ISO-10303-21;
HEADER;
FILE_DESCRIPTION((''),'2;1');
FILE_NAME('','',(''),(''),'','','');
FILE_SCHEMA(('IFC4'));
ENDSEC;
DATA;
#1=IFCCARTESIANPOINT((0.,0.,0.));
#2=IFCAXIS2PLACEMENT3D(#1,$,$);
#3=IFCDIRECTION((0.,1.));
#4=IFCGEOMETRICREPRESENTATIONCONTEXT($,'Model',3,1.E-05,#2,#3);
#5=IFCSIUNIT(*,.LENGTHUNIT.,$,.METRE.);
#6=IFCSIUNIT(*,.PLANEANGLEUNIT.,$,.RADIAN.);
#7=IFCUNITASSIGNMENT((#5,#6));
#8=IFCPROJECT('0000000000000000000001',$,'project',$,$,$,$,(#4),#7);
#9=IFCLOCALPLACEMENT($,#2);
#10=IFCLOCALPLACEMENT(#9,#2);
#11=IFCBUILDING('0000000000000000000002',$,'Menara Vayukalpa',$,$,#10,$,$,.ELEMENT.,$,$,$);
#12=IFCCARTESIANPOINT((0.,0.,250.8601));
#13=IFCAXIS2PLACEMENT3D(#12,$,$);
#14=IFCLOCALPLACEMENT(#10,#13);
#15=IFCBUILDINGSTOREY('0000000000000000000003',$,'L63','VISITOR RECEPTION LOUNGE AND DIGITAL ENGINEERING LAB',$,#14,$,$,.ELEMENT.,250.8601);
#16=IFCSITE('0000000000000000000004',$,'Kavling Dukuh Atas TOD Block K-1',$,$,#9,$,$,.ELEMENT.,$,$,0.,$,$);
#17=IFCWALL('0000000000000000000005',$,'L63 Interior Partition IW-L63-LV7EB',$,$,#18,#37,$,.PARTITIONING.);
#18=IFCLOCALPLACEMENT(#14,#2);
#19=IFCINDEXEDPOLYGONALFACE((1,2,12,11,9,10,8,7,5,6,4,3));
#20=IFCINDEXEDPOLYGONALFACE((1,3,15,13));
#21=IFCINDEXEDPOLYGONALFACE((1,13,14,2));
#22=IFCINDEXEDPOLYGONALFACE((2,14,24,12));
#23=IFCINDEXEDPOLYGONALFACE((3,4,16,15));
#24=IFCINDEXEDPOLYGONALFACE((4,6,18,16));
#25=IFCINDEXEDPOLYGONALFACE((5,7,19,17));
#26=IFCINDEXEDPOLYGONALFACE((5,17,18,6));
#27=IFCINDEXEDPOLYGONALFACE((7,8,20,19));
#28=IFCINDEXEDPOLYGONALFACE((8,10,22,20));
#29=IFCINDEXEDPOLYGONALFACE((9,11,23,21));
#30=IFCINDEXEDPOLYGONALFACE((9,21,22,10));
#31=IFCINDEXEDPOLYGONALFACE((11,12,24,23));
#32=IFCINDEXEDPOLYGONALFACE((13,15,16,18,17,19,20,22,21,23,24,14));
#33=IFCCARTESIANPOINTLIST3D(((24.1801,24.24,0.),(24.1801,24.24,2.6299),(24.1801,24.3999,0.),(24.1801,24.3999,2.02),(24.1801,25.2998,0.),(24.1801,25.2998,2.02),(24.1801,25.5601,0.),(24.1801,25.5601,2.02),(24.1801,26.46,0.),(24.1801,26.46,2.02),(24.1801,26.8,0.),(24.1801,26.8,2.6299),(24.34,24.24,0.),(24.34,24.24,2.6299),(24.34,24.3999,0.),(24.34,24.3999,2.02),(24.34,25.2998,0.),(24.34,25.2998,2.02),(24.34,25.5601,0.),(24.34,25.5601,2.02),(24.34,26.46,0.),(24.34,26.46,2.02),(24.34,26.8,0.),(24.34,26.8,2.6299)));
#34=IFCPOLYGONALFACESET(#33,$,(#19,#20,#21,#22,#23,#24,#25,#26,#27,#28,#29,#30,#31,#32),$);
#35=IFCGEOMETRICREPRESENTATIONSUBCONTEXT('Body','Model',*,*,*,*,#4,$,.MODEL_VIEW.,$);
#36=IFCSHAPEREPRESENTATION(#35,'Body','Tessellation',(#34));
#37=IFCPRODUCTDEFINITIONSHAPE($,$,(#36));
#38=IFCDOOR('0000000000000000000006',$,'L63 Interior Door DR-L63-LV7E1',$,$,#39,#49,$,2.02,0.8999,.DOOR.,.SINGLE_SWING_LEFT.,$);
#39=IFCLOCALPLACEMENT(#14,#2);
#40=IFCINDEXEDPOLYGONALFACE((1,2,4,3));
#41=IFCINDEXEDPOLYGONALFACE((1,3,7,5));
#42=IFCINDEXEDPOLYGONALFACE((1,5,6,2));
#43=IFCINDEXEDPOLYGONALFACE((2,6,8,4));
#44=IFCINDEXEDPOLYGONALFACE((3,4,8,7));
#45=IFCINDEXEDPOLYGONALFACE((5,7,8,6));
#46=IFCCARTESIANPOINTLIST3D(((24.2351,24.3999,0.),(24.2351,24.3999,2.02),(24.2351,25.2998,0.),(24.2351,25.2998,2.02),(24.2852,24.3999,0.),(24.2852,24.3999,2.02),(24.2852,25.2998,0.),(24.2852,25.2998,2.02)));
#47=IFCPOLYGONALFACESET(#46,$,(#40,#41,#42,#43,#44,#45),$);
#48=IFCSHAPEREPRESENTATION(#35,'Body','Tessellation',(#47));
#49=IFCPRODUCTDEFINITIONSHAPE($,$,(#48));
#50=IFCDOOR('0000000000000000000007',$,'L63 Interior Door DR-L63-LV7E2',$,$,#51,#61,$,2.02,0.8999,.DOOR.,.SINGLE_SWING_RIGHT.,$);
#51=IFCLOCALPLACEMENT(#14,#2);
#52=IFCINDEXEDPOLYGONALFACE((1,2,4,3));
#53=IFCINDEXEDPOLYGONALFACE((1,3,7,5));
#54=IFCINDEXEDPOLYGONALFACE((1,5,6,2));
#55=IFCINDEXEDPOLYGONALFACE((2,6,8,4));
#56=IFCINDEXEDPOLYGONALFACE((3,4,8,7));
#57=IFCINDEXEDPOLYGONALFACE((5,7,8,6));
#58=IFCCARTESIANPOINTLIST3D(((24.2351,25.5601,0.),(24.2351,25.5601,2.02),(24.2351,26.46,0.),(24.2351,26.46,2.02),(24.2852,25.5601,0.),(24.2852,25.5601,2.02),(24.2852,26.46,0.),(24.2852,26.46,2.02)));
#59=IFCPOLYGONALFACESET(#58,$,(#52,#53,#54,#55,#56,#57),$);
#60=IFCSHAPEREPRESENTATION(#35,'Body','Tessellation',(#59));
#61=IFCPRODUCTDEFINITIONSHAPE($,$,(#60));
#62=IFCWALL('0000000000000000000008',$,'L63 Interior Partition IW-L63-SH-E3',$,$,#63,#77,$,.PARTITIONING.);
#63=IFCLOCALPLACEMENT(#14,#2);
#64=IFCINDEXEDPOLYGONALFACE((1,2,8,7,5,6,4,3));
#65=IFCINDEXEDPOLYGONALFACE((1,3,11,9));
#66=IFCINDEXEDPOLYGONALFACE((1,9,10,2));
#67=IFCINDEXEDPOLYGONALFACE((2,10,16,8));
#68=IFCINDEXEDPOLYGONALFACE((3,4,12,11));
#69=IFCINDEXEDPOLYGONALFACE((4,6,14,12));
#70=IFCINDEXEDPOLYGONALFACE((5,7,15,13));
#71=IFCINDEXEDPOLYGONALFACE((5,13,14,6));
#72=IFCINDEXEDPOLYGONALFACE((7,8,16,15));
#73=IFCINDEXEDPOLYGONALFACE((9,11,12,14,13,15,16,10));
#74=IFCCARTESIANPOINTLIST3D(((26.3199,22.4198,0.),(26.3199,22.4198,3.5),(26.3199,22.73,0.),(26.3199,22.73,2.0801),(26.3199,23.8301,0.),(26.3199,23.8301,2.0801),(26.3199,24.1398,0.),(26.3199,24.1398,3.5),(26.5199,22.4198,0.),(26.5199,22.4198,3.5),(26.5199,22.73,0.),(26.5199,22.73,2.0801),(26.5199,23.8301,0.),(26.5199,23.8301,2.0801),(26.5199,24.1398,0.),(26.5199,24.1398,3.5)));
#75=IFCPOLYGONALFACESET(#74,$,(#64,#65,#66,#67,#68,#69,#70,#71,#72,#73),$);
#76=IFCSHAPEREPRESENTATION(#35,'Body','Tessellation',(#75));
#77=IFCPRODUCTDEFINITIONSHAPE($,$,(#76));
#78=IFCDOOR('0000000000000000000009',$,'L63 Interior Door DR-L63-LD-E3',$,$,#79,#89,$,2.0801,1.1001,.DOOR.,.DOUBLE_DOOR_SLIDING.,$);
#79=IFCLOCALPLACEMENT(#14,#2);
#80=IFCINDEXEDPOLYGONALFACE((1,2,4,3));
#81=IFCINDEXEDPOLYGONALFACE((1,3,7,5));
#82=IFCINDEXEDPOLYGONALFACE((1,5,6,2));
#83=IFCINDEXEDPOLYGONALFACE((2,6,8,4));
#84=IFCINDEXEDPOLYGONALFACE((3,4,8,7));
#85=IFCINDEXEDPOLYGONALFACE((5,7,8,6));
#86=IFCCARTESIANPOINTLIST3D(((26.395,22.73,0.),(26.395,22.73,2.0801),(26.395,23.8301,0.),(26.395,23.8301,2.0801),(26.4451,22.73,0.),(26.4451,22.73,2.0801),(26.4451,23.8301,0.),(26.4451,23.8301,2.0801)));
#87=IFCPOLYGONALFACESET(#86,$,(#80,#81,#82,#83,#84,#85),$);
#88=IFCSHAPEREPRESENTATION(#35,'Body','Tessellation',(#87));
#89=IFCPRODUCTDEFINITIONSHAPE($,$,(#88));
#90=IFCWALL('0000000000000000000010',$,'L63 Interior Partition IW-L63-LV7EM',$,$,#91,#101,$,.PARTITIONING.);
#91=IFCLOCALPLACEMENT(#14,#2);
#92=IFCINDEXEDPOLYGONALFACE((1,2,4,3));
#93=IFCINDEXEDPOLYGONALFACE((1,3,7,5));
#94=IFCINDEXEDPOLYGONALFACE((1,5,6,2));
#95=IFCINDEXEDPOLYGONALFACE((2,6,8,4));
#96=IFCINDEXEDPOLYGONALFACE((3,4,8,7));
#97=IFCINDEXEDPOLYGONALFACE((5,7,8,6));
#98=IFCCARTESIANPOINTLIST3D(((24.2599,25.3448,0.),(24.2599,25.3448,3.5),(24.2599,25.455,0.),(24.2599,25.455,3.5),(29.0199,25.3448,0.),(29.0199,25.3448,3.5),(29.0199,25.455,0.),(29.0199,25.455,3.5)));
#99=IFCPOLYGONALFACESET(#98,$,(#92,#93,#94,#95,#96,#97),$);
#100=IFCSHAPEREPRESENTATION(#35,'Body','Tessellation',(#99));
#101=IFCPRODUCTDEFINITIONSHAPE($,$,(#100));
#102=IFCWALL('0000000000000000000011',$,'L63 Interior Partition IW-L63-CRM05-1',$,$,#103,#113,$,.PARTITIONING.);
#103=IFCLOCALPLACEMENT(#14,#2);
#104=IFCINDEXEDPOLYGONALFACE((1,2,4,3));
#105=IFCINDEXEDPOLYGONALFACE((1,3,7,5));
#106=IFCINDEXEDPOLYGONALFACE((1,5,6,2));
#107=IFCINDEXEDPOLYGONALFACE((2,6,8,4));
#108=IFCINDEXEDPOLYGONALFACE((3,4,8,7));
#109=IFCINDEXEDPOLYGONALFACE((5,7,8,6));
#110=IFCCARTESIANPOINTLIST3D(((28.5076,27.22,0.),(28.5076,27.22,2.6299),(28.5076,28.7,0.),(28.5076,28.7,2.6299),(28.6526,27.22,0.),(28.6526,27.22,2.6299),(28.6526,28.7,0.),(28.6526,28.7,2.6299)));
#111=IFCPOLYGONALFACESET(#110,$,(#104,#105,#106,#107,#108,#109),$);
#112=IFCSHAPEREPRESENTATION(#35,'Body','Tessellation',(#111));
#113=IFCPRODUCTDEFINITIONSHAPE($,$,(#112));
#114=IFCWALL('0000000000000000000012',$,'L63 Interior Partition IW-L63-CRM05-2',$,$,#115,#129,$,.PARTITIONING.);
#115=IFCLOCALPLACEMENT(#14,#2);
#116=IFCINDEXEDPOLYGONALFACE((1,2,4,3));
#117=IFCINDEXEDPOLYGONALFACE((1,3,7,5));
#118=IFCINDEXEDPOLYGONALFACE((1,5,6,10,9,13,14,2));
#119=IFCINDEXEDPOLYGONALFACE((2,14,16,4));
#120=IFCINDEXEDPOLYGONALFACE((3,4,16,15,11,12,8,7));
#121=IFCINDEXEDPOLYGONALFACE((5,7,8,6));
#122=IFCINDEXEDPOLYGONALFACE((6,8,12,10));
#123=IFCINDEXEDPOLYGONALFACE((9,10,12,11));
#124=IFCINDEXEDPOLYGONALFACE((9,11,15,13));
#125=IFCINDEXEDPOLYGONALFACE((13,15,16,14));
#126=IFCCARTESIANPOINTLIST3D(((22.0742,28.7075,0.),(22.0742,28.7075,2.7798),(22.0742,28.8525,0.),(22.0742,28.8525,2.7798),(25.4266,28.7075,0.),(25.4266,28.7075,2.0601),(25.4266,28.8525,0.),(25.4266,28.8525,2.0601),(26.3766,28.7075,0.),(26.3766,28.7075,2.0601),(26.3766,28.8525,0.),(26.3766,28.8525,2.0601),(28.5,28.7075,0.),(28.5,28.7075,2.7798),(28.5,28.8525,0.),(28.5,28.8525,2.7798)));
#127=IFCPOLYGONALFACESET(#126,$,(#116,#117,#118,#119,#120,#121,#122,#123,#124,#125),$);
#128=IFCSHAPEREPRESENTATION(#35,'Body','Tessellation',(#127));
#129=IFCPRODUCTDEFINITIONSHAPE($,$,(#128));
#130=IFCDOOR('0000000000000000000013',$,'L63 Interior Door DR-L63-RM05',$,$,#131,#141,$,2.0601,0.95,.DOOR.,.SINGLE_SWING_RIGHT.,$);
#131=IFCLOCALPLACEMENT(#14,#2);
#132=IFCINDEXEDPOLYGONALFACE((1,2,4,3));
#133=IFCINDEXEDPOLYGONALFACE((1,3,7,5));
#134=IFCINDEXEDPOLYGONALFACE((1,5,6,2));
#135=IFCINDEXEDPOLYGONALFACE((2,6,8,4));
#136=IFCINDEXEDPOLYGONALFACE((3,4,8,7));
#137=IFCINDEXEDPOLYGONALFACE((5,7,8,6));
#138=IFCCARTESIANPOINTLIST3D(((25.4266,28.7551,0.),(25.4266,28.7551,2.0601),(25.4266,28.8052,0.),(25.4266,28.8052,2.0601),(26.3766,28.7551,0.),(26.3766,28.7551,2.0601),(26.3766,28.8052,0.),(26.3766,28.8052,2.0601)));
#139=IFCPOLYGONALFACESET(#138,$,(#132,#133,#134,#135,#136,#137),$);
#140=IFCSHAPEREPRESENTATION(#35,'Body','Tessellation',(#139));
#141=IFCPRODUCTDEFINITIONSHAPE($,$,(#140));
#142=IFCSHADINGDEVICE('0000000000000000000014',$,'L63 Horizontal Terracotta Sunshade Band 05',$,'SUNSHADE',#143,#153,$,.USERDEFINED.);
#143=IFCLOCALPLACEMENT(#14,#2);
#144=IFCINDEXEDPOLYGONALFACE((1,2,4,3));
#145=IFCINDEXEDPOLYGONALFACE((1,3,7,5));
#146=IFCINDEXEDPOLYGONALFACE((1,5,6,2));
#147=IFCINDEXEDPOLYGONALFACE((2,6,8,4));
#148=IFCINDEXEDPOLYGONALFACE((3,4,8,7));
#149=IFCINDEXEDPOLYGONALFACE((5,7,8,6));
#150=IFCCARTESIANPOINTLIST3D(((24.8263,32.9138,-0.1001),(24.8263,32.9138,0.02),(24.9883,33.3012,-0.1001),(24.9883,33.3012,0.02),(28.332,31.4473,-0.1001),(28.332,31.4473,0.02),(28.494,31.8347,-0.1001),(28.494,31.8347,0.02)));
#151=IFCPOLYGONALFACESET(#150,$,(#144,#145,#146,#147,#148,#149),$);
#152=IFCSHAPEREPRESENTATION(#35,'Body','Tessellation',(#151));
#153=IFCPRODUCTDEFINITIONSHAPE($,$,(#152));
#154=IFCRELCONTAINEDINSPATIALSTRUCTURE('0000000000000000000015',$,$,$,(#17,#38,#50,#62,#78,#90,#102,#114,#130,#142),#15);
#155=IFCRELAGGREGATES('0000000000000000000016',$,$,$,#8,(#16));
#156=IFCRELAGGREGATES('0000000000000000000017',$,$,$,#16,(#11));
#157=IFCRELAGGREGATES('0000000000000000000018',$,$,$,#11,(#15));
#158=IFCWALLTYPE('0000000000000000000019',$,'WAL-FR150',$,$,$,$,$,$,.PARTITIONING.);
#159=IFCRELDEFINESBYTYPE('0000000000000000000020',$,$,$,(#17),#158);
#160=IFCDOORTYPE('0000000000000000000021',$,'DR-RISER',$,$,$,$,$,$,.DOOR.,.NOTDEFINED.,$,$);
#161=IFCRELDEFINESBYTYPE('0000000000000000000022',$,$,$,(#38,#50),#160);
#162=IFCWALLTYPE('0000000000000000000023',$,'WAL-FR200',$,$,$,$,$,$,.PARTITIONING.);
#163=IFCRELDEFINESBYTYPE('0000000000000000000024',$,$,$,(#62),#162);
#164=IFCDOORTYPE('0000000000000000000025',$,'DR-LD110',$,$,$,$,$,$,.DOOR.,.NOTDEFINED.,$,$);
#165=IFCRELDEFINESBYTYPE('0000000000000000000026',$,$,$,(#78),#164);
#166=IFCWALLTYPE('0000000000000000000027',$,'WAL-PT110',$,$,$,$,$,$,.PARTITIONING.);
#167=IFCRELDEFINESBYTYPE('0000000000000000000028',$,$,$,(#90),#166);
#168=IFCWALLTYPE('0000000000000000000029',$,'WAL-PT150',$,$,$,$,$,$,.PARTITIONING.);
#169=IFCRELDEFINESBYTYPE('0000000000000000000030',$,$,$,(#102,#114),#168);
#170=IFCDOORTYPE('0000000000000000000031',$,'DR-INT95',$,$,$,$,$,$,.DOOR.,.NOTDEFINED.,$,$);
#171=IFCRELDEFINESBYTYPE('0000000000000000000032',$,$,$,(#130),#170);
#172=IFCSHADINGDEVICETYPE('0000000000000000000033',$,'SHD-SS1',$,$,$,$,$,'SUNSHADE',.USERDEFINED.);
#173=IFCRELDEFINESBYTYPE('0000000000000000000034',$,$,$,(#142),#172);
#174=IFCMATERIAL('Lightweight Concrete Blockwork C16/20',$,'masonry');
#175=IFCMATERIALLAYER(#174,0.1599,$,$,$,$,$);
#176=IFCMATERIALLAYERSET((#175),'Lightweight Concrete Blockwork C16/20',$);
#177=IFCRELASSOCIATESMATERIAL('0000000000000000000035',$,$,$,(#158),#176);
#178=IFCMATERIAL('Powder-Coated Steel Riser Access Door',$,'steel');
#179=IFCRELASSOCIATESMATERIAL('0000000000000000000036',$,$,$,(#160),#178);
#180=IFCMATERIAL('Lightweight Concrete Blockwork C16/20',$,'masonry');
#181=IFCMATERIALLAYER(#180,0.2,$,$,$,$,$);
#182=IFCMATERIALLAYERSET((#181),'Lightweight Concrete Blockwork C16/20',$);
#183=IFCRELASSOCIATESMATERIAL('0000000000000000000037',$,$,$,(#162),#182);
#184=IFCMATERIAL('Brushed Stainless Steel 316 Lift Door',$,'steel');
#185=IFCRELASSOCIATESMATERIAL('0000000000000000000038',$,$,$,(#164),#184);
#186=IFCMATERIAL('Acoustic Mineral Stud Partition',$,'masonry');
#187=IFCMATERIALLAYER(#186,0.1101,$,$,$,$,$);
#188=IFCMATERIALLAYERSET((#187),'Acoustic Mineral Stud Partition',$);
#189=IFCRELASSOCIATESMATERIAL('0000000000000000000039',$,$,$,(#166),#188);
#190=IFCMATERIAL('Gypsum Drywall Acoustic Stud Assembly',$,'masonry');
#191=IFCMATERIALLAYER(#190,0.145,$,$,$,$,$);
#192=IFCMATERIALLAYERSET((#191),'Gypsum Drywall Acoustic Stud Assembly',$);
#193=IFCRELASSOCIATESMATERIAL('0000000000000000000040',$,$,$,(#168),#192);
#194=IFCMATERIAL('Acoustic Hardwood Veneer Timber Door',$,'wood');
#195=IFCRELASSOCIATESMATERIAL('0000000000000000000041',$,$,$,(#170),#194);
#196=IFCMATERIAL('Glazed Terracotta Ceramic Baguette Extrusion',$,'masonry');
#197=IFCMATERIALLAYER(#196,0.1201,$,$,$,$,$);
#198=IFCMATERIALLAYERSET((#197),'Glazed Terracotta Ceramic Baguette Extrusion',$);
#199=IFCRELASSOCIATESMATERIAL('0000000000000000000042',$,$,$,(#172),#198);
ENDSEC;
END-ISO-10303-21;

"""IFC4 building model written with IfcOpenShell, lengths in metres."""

from ifc_helpers import new_model, si_unit, direction, frame, frame_2d, origin, origin_2d, place, context, subcontext, project, spatial, rectangle, extrude, material, layer, layer_set, type_object, element, fill, save


model = new_model("IFC4")

# Units and contexts
model_context = context("Model", 3, precision=1e-05, world=origin(), true_north=direction((0.0, 1.0)))
body_context = subcontext(model_context, "Body", "Model", "MODEL_VIEW")
ifc_project = project(units=[si_unit("LENGTHUNIT", "METRE"), si_unit("PLANEANGLEUNIT", "RADIAN")], contexts=[model_context])

# Site, building, storey
site_placement = place(None, origin())
site = spatial("IfcSite", under=ifc_project, at=site_placement, Name="Kavling Dukuh Atas TOD Block K-1", CompositionType="ELEMENT", RefElevation=0.0)
building_placement = place(site_placement, origin())
building = spatial("IfcBuilding", under=site, at=building_placement, Name="Menara Vayukalpa", CompositionType="ELEMENT")
storey_placement = place(building_placement, frame((0.0, 0.0, 250.8601)))
storey = spatial("IfcBuildingStorey", under=building, at=storey_placement, Name="L63", Description="VISITOR RECEPTION LOUNGE AND DIGITAL ENGINEERING LAB", CompositionType="ELEMENT", Elevation=250.8601)

# Shared definitions
ifc_material_1 = material(Name="Lightweight Concrete Blockwork C16/20", Category="masonry")
ifc_layer_1 = layer(ifc_material_1, 0.1599)
ifc_layer_set_1 = layer_set([ifc_layer_1], Name="Lightweight Concrete Blockwork C16/20")
wall_type_1 = type_object("IfcWallType", Name="WAL-FR150", PredefinedType="PARTITIONING", material=ifc_layer_set_1)

# Wall, openings, doors
wall_1_placement = place(storey_placement, frame((24.26, 24.24, 0.0), z_axis=(0.0, 0.0, 1.0), x_axis=(0.0, 1.0, 0.0)))
wall_1 = element("IfcWall", 1, at=wall_1_placement, inside=storey, type_object=wall_type_1, Name="L63 Interior Partition IW-L63-LV7EB", PredefinedType="PARTITIONING", context=body_context, shape_type="SweptSolid", body=[
    extrude(rectangle(XDim=2.5601, YDim=0.1599, at=frame_2d((1.28, 0.0))), origin(), (0.0, 0.0, 1.0), 2.6299),
])
opening_1_placement = place(wall_1_placement, frame((0.1599, 0.0, 0.0)))
opening_1 = element("IfcOpeningElement", 2, at=opening_1_placement, cuts=wall_1, PredefinedType="OPENING", context=body_context, shape_type="SweptSolid", body=[
    extrude(rectangle(XDim=0.8999, YDim=2.02, at=frame_2d((0.45, 1.01))), frame((0.0, 0.0898, 0.0), z_axis=(0.0, -1.0, 0.0), x_axis=(1.0, 0.0, 0.0)), (0.0, 0.0, 1.0), 0.1799),
])
opening_2_placement = place(wall_1_placement, frame((1.3201, 0.0, 0.0)))
opening_2 = element("IfcOpeningElement", 3, at=opening_2_placement, cuts=wall_1, PredefinedType="OPENING", context=body_context, shape_type="SweptSolid", body=[
    extrude(rectangle(XDim=0.8999, YDim=2.02, at=frame_2d((0.45, 1.01))), frame((0.0, 0.0898, 0.0), z_axis=(0.0, -1.0, 0.0), x_axis=(1.0, 0.0, 0.0)), (0.0, 0.0, 1.0), 0.1799),
])
ifc_material_2 = material(Name="Powder-Coated Steel Riser Access Door", Category="steel")
door_type_1 = type_object("IfcDoorType", Name="DR-RISER", OperationType="NOTDEFINED", PredefinedType="DOOR", material=ifc_material_2)
door_1_placement = place(opening_1_placement, origin())
door_1 = element("IfcDoor", 4, at=door_1_placement, inside=storey, type_object=door_type_1, Name="L63 Interior Door DR-L63-LV7E1", OperationType="SINGLE_SWING_LEFT", OverallHeight=2.02, OverallWidth=0.8999, PredefinedType="DOOR", context=body_context, shape_type="SweptSolid", body=[
    extrude(rectangle(XDim=0.8999, YDim=2.02, at=frame_2d((0.45, 1.01))), frame((0.0, 0.0249, 0.0), z_axis=(0.0, -1.0, 0.0), x_axis=(1.0, 0.0, 0.0)), (0.0, 0.0, 1.0), 0.05),
])
fill(opening_1, door_1)
door_2_placement = place(opening_2_placement, origin())
door_2 = element("IfcDoor", 5, at=door_2_placement, inside=storey, type_object=door_type_1, Name="L63 Interior Door DR-L63-LV7E2", OperationType="SINGLE_SWING_RIGHT", OverallHeight=2.02, OverallWidth=0.8999, PredefinedType="DOOR", context=body_context, shape_type="SweptSolid", body=[
    extrude(rectangle(XDim=0.8999, YDim=2.02, at=frame_2d((0.45, 1.01))), frame((0.0, 0.0249, 0.0), z_axis=(0.0, -1.0, 0.0), x_axis=(1.0, 0.0, 0.0)), (0.0, 0.0, 1.0), 0.05),
])
fill(opening_2, door_2)

# Wall, opening, door
ifc_material_3 = material(Name="Lightweight Concrete Blockwork C16/20", Category="masonry")
ifc_layer_2 = layer(ifc_material_3, 0.2)
ifc_layer_set_2 = layer_set([ifc_layer_2], Name="Lightweight Concrete Blockwork C16/20")
wall_type_2 = type_object("IfcWallType", Name="WAL-FR200", PredefinedType="PARTITIONING", material=ifc_layer_set_2)
wall_2_placement = place(storey_placement, frame((26.4199, 22.4199, 0.0), z_axis=(0.0, 0.0, 1.0), x_axis=(0.0, 1.0, 0.0)))
wall_2 = element("IfcWall", 6, at=wall_2_placement, inside=storey, type_object=wall_type_2, Name="L63 Interior Partition IW-L63-SH-E3", PredefinedType="PARTITIONING", context=body_context, shape_type="SweptSolid", body=[
    extrude(rectangle(XDim=1.72, YDim=0.2, at=frame_2d((0.8599, 0.0))), origin(), (0.0, 0.0, 1.0), 3.5),
])
opening_3_placement = place(wall_2_placement, frame((0.3101, 0.0, 0.0)))
opening_3 = element("IfcOpeningElement", 7, at=opening_3_placement, cuts=wall_2, PredefinedType="OPENING", context=body_context, shape_type="SweptSolid", body=[
    extrude(rectangle(XDim=1.1001, YDim=2.0801, at=frame_2d((0.55, 1.04))), frame((0.0, 0.1099, 0.0), z_axis=(0.0, -1.0, 0.0), x_axis=(1.0, 0.0, 0.0)), (0.0, 0.0, 1.0), 0.22),
])
ifc_material_4 = material(Name="Brushed Stainless Steel 316 Lift Door", Category="steel")
door_type_2 = type_object("IfcDoorType", Name="DR-LD110", OperationType="NOTDEFINED", PredefinedType="DOOR", material=ifc_material_4)
door_3_placement = place(opening_3_placement, origin())
door_3 = element("IfcDoor", 8, at=door_3_placement, inside=storey, type_object=door_type_2, Name="L63 Interior Door DR-L63-LD-E3", OperationType="DOUBLE_DOOR_SLIDING", OverallHeight=2.0801, OverallWidth=1.1001, PredefinedType="DOOR", context=body_context, shape_type="SweptSolid", body=[
    extrude(rectangle(XDim=1.1001, YDim=2.0801, at=frame_2d((0.55, 1.04))), frame((0.0, 0.0249, 0.0), z_axis=(0.0, -1.0, 0.0), x_axis=(1.0, 0.0, 0.0)), (0.0, 0.0, 1.0), 0.05),
])
fill(opening_3, door_3)

# Walls
ifc_material_5 = material(Name="Acoustic Mineral Stud Partition", Category="masonry")
ifc_layer_3 = layer(ifc_material_5, 0.1101)
ifc_layer_set_3 = layer_set([ifc_layer_3], Name="Acoustic Mineral Stud Partition")
wall_type_3 = type_object("IfcWallType", Name="WAL-PT110", PredefinedType="PARTITIONING", material=ifc_layer_set_3)
wall_3_placement = place(storey_placement, frame((24.26, 25.3999, 0.0), z_axis=(0.0, 0.0, 1.0), x_axis=(1.0, 0.0, 0.0)))
element("IfcWall", 9, at=wall_3_placement, inside=storey, type_object=wall_type_3, Name="L63 Interior Partition IW-L63-LV7EM", PredefinedType="PARTITIONING", context=body_context, shape_type="SweptSolid", body=[
    extrude(rectangle(XDim=4.76, YDim=0.1101, at=frame_2d((2.3799, 0.0))), origin(), (0.0, 0.0, 1.0), 3.5),
])
ifc_material_6 = material(Name="Gypsum Drywall Acoustic Stud Assembly", Category="masonry")
ifc_layer_4 = layer(ifc_material_6, 0.145)
ifc_layer_set_4 = layer_set([ifc_layer_4], Name="Gypsum Drywall Acoustic Stud Assembly")
wall_type_4 = type_object("IfcWallType", Name="WAL-PT150", PredefinedType="PARTITIONING", material=ifc_layer_set_4)
wall_4_placement = place(storey_placement, frame((28.5801, 27.22, 0.0), z_axis=(0.0, 0.0, 1.0), x_axis=(0.0, 1.0, 0.0)))
element("IfcWall", 10, at=wall_4_placement, inside=storey, type_object=wall_type_4, Name="L63 Interior Partition IW-L63-CRM05-1", PredefinedType="PARTITIONING", context=body_context, shape_type="SweptSolid", body=[
    extrude(rectangle(XDim=1.48, YDim=0.145, at=frame_2d((0.74, 0.0))), origin(), (0.0, 0.0, 1.0), 2.6299),
])

# Wall, opening, door
wall_5_placement = place(storey_placement, frame((28.5, 28.78, 0.0), z_axis=(0.0, 0.0, 1.0), x_axis=(-1.0, 0.0, 0.0)))
wall_5 = element("IfcWall", 11, at=wall_5_placement, inside=storey, type_object=wall_type_4, Name="L63 Interior Partition IW-L63-CRM05-2", PredefinedType="PARTITIONING", context=body_context, shape_type="SweptSolid", body=[
    extrude(rectangle(XDim=6.4258, YDim=0.145, at=frame_2d((3.2129, 0.0))), origin(), (0.0, 0.0, 1.0), 2.7798),
])
opening_4_placement = place(wall_5_placement, frame((2.1233, 0.0, 0.0)))
opening_4 = element("IfcOpeningElement", 12, at=opening_4_placement, cuts=wall_5, PredefinedType="OPENING", context=body_context, shape_type="SweptSolid", body=[
    extrude(rectangle(XDim=0.95, YDim=2.0601, at=frame_2d((0.4751, 1.03))), frame((0.0, 0.0825, 0.0), z_axis=(0.0, -1.0, 0.0), x_axis=(1.0, 0.0, 0.0)), (0.0, 0.0, 1.0), 0.165),
])
ifc_material_7 = material(Name="Acoustic Hardwood Veneer Timber Door", Category="wood")
door_type_3 = type_object("IfcDoorType", Name="DR-INT95", OperationType="NOTDEFINED", PredefinedType="DOOR", material=ifc_material_7)
door_4_placement = place(opening_4_placement, origin())
door_4 = element("IfcDoor", 13, at=door_4_placement, inside=storey, type_object=door_type_3, Name="L63 Interior Door DR-L63-RM05", OperationType="SINGLE_SWING_RIGHT", OverallHeight=2.0601, OverallWidth=0.95, PredefinedType="DOOR", context=body_context, shape_type="SweptSolid", body=[
    extrude(rectangle(XDim=0.95, YDim=2.0601, at=frame_2d((0.4751, 1.03))), frame((0.0, 0.0249, 0.0), z_axis=(0.0, -1.0, 0.0), x_axis=(1.0, 0.0, 0.0)), (0.0, 0.0, 1.0), 0.05),
])
fill(opening_4, door_4)

# Shading device
ifc_material_8 = material(Name="Glazed Terracotta Ceramic Baguette Extrusion", Category="masonry")
ifc_layer_5 = layer(ifc_material_8, 0.1201)
ifc_layer_set_5 = layer_set([ifc_layer_5], Name="Glazed Terracotta Ceramic Baguette Extrusion")
shading_device_type = type_object("IfcShadingDeviceType", Name="SHD-SS1", ElementType="SUNSHADE", PredefinedType="USERDEFINED", material=ifc_layer_set_5)
shading_device_placement = place(storey_placement, frame((26.6602, 32.3743, -0.1001), z_axis=(0.0, 0.0, 1.0), x_axis=(-0.922538, 0.385906, 0.0)))
element("IfcShadingDevice", 14, at=shading_device_placement, inside=storey, type_object=shading_device_type, Name="L63 Horizontal Terracotta Sunshade Band 05", ObjectType="SUNSHADE", PredefinedType="USERDEFINED", context=body_context, shape_type="SweptSolid", body=[
    extrude(rectangle(XDim=3.8, YDim=0.4199, at=origin_2d()), origin(), (0.0, 0.0, 1.0), 0.1201),
])

save(model, "model.ifc")
